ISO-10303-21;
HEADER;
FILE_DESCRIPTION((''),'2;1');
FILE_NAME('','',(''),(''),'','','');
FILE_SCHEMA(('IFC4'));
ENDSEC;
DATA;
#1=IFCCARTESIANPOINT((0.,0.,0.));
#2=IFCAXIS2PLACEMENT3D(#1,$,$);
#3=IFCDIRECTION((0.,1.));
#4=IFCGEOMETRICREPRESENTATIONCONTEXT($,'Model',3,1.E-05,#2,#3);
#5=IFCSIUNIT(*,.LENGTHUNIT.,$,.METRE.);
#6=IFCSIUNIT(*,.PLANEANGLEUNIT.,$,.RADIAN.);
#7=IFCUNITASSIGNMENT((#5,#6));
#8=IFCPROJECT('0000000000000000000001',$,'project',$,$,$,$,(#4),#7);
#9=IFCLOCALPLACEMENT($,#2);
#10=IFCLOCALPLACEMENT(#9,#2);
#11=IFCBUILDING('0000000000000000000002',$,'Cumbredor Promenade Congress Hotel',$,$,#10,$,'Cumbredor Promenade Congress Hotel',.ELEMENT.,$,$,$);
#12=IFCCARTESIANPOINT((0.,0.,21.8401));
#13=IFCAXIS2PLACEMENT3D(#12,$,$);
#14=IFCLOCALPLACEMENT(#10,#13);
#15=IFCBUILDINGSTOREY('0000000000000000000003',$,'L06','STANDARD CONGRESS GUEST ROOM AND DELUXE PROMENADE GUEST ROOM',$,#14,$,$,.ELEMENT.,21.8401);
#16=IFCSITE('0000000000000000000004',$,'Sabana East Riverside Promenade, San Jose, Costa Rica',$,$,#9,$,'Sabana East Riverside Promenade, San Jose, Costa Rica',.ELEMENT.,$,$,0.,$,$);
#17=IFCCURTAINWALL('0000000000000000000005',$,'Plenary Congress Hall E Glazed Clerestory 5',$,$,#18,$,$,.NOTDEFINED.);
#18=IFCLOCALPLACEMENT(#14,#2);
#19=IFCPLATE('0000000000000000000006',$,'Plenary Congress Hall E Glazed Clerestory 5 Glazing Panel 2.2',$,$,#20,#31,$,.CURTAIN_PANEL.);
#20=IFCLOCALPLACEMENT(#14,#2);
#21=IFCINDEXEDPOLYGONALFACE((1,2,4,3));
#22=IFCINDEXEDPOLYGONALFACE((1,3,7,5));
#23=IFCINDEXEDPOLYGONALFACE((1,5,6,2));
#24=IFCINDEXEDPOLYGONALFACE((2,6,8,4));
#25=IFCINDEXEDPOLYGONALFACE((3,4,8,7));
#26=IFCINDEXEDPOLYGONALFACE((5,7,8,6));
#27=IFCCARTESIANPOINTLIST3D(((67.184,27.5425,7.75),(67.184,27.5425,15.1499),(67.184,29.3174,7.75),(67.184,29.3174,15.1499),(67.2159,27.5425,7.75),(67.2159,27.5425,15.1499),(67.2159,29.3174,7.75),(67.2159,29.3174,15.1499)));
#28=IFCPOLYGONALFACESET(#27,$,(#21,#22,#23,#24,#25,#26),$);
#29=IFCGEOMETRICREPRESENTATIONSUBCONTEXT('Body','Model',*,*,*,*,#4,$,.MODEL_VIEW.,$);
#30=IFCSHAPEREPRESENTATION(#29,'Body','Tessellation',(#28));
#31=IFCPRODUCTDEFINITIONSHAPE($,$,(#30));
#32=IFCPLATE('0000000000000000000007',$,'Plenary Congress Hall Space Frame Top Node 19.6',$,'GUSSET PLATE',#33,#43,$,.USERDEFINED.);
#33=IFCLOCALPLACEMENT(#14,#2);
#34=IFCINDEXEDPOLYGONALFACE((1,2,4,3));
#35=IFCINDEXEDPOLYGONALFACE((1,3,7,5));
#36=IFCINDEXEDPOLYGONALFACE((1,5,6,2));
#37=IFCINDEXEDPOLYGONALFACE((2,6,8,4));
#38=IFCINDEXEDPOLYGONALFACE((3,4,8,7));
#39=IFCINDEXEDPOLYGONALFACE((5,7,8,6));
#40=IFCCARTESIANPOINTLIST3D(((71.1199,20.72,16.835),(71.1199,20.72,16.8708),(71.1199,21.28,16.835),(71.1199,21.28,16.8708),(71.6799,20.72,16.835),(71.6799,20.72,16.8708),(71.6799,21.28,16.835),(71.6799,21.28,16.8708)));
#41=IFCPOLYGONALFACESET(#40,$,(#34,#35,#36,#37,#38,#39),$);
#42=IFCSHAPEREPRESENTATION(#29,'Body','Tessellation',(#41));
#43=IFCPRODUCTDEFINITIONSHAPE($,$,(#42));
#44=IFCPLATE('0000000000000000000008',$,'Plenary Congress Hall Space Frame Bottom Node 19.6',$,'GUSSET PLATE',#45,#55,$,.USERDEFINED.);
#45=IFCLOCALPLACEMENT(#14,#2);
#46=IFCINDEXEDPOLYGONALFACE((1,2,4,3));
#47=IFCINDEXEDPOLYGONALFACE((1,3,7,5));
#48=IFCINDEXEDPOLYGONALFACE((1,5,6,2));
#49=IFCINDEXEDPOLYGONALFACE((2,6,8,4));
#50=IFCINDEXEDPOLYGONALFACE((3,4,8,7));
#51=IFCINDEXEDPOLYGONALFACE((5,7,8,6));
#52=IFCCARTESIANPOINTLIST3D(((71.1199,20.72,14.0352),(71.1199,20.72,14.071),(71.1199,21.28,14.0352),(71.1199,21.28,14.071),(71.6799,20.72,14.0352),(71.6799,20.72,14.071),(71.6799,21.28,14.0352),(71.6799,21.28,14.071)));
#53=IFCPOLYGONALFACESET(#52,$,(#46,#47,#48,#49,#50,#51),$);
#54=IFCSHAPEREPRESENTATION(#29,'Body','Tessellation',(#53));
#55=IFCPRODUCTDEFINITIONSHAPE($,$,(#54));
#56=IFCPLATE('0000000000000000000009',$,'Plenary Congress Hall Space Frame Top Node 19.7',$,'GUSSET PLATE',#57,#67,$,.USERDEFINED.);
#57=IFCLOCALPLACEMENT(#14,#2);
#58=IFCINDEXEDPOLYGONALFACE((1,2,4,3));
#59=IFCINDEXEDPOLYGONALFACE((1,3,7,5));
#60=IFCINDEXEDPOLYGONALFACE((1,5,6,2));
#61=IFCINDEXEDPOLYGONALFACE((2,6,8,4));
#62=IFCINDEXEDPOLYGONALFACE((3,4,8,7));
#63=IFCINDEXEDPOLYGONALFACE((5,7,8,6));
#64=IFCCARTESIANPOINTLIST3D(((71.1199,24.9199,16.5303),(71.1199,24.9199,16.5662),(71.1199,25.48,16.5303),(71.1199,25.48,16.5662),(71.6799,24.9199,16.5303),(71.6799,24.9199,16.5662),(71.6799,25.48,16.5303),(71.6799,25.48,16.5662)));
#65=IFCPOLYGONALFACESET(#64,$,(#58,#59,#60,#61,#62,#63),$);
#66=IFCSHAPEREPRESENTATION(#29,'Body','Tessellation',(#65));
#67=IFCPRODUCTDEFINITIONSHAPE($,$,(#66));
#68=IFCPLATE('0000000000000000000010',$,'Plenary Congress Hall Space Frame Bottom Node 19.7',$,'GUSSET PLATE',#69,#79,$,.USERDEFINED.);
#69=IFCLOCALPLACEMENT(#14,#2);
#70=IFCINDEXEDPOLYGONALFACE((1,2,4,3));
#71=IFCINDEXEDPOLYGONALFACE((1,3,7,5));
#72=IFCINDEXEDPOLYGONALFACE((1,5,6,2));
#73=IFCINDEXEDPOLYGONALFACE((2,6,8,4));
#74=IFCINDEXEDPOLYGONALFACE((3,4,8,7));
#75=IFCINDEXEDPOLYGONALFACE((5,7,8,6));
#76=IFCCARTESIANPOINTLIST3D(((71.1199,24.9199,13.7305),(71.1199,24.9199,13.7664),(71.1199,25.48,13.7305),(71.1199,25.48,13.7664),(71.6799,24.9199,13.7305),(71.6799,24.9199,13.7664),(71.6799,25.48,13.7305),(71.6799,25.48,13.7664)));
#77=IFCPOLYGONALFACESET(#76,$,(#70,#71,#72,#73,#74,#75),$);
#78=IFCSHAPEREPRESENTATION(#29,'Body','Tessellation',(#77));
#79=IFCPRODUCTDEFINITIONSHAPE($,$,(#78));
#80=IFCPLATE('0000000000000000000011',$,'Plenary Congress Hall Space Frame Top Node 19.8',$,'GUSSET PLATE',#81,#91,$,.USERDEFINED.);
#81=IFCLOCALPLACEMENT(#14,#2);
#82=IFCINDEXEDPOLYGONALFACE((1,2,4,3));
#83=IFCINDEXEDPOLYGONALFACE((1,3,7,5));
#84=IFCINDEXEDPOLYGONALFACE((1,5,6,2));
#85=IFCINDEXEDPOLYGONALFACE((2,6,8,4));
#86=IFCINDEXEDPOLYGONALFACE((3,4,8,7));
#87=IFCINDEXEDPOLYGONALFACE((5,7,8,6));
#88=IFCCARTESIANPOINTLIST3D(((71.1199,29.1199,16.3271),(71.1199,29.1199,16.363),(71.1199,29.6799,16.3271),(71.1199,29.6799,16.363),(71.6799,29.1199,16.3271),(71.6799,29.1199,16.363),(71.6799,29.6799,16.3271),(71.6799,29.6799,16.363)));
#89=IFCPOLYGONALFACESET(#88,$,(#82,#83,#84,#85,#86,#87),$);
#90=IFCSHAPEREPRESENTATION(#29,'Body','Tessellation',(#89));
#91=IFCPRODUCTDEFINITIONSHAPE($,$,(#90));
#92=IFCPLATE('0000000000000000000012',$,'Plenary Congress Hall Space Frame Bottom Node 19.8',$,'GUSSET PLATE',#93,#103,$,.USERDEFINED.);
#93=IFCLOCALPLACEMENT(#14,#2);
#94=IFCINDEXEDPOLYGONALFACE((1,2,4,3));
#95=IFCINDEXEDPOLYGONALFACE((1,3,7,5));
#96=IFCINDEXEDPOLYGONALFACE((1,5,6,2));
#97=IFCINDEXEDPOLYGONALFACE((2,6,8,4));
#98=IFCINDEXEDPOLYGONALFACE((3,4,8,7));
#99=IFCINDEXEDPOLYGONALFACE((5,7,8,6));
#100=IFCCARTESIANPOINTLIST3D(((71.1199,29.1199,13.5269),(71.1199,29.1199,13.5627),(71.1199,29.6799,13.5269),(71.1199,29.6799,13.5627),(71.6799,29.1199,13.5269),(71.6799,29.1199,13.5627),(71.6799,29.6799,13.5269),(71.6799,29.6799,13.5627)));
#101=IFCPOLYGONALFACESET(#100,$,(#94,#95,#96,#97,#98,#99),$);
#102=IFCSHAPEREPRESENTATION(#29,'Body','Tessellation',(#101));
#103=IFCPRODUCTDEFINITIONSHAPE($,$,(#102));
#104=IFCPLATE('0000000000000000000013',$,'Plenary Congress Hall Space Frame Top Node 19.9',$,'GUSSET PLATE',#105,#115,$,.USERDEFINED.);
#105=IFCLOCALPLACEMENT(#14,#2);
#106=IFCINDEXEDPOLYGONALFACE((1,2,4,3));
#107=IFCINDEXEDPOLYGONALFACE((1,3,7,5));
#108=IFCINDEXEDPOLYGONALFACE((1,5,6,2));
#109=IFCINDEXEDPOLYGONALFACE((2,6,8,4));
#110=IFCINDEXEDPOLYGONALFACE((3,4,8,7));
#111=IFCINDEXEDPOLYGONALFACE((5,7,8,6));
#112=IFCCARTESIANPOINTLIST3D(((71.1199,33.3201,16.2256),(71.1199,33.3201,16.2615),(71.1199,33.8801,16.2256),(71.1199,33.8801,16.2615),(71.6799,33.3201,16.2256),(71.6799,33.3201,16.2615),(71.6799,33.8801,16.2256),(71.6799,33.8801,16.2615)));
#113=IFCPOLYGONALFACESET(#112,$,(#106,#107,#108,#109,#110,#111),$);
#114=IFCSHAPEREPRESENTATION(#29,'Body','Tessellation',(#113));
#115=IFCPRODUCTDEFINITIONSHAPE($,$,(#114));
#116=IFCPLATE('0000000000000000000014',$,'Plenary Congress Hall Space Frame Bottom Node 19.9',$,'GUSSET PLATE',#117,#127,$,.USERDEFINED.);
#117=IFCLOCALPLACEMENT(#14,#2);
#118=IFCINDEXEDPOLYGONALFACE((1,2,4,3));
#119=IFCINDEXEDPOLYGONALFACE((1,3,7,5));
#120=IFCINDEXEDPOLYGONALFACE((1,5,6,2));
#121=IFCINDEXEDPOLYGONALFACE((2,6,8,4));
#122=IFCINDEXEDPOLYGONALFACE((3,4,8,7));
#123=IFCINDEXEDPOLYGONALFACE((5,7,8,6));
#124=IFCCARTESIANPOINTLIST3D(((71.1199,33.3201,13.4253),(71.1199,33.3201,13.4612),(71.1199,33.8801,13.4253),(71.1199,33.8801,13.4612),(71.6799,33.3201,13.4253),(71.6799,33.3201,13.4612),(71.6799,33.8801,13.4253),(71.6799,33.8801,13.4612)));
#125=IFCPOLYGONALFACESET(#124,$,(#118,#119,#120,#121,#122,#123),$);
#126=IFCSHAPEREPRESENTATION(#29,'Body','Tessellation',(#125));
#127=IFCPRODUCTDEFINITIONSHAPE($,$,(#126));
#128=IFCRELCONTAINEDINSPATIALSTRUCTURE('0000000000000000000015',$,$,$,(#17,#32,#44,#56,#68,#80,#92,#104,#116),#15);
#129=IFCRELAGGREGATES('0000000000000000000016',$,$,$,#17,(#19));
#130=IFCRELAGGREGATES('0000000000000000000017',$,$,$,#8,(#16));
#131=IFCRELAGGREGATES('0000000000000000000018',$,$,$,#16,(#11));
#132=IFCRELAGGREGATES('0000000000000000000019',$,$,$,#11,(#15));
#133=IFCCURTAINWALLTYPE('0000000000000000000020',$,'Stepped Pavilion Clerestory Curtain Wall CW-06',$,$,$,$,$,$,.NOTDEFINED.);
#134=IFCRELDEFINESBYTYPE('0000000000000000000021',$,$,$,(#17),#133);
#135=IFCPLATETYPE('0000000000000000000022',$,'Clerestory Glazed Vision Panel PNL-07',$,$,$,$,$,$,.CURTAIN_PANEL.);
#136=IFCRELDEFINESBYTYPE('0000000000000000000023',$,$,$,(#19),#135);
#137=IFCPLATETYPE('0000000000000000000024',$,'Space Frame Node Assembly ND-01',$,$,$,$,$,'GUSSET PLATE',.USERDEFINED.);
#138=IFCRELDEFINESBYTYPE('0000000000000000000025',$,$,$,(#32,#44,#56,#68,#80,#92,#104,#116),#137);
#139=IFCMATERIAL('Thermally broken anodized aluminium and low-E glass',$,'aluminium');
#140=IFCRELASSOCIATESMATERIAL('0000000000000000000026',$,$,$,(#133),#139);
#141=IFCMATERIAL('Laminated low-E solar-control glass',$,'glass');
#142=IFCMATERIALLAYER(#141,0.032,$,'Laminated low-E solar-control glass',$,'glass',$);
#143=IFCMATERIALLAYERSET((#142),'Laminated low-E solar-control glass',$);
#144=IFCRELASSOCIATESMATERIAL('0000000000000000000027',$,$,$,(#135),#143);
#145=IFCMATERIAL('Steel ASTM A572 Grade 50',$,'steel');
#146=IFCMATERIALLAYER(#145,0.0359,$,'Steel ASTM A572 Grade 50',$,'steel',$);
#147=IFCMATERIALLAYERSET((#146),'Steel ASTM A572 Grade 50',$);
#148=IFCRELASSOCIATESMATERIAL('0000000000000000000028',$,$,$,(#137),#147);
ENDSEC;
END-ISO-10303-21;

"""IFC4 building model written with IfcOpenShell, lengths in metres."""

from ifc_helpers import new_model, si_unit, direction, frame, origin, origin_2d, place, context, subcontext, project, spatial, rectangle, extrude, material, layer, layer_set, type_object, element, aggregate, save


model = new_model("IFC4")

# Units and contexts
model_context = context("Model", 3, precision=1e-05, world=origin(), true_north=direction((0.0, 1.0)))
body_context = subcontext(model_context, "Body", "Model", "MODEL_VIEW")
ifc_project = project(units=[si_unit("LENGTHUNIT", "METRE"), si_unit("PLANEANGLEUNIT", "RADIAN")], contexts=[model_context])

# Site, building, storey
site_placement = place(None, origin())
site = spatial("IfcSite", under=ifc_project, at=site_placement, Name="Sabana East Riverside Promenade, San Jose, Costa Rica", LongName="Sabana East Riverside Promenade, San Jose, Costa Rica", CompositionType="ELEMENT", RefElevation=0.0)
building_placement = place(site_placement, origin())
building = spatial("IfcBuilding", under=site, at=building_placement, Name="Cumbredor Promenade Congress Hotel", LongName="Cumbredor Promenade Congress Hotel", CompositionType="ELEMENT")
storey_placement = place(building_placement, frame((0.0, 0.0, 21.8401)))
storey = spatial("IfcBuildingStorey", under=building, at=storey_placement, Name="L06", Description="STANDARD CONGRESS GUEST ROOM AND DELUXE PROMENADE GUEST ROOM", CompositionType="ELEMENT", Elevation=21.8401)

# Curtain wall
ifc_material_1 = material(Name="Thermally broken anodized aluminium and low-E glass", Category="aluminium")
curtain_wall_type = type_object("IfcCurtainWallType", Name="Stepped Pavilion Clerestory Curtain Wall CW-06", PredefinedType="NOTDEFINED", material=ifc_material_1)
curtain_wall_1_placement = place(storey_placement, origin())
curtain_wall_1 = element("IfcCurtainWall", 1, at=curtain_wall_1_placement, inside=storey, type_object=curtain_wall_type, Name="Plenary Congress Hall E Glazed Clerestory 5", PredefinedType="NOTDEFINED")

# Plate
ifc_material_2 = material(Name="Laminated low-E solar-control glass", Category="glass")
ifc_layer_1 = layer(ifc_material_2, 0.032, Name="Laminated low-E solar-control glass", Category="glass")
ifc_layer_set_1 = layer_set([ifc_layer_1], Name="Laminated low-E solar-control glass")
plate_type_1 = type_object("IfcPlateType", Name="Clerestory Glazed Vision Panel PNL-07", PredefinedType="CURTAIN_PANEL", material=ifc_layer_set_1)
plate_1_placement = place(storey_placement, frame((67.2, 28.4299, 7.75), z_axis=(0.0, 0.0, 1.0), x_axis=(0.0, 1.0, 0.0)))
plate_1 = element("IfcPlate", 2, at=plate_1_placement, type_object=plate_type_1, Name="Plenary Congress Hall E Glazed Clerestory 5 Glazing Panel 2.2", PredefinedType="CURTAIN_PANEL", context=body_context, shape_type="SweptSolid", body=[
    extrude(rectangle(XDim=1.7749, YDim=0.032, at=origin_2d()), origin(), (0.0, 0.0, 1.0), 7.3999),
])
aggregate(curtain_wall_1, [plate_1])

# Plates
ifc_material_3 = material(Name="Steel ASTM A572 Grade 50", Category="steel")
ifc_layer_2 = layer(ifc_material_3, 0.0359, Name="Steel ASTM A572 Grade 50", Category="steel")
ifc_layer_set_2 = layer_set([ifc_layer_2], Name="Steel ASTM A572 Grade 50")
plate_type_2 = type_object("IfcPlateType", Name="Space Frame Node Assembly ND-01", ElementType="GUSSET PLATE", PredefinedType="USERDEFINED", material=ifc_layer_set_2)
for number, where, z_axis, x_axis, name in (
    (3, (71.3999, 21.0, 16.835), (0.0, 0.0, 1.0), (1.0, 0.0, 0.0), "Plenary Congress Hall Space Frame Top Node 19.6"),
    (4, (71.3999, 21.0, 14.0352), (0.0, 0.0, 1.0), (1.0, 0.0, 0.0), "Plenary Congress Hall Space Frame Bottom Node 19.6"),
    (5, (71.3999, 25.2, 16.5303), (0.0, 0.0, 1.0), (1.0, 0.0, 0.0), "Plenary Congress Hall Space Frame Top Node 19.7"),
    (6, (71.3999, 25.2, 13.7305), (0.0, 0.0, 1.0), (1.0, 0.0, 0.0), "Plenary Congress Hall Space Frame Bottom Node 19.7"),
    (7, (71.3999, 29.3999, 16.3271), (0.0, 0.0, 1.0), (1.0, 0.0, 0.0), "Plenary Congress Hall Space Frame Top Node 19.8"),
    (8, (71.3999, 29.3999, 13.5269), (0.0, 0.0, 1.0), (1.0, 0.0, 0.0), "Plenary Congress Hall Space Frame Bottom Node 19.8"),
    (9, (71.3999, 33.6001, 16.2256), (0.0, 0.0, 1.0), (1.0, 0.0, 0.0), "Plenary Congress Hall Space Frame Top Node 19.9"),
    (10, (71.3999, 33.6001, 13.4253), (0.0, 0.0, 1.0), (1.0, 0.0, 0.0), "Plenary Congress Hall Space Frame Bottom Node 19.9"),
):
    element("IfcPlate", number, at=place(storey_placement, frame(where, z_axis=z_axis, x_axis=x_axis)), inside=storey, type_object=plate_type_2, Name=name, ObjectType="GUSSET PLATE", PredefinedType="USERDEFINED", context=body_context, shape_type="SweptSolid", body=[
        extrude(rectangle(XDim=0.5601, YDim=0.5601, at=origin_2d()), origin(), (0.0, 0.0, 1.0), 0.0359),
    ])

save(model, "model.ifc")
